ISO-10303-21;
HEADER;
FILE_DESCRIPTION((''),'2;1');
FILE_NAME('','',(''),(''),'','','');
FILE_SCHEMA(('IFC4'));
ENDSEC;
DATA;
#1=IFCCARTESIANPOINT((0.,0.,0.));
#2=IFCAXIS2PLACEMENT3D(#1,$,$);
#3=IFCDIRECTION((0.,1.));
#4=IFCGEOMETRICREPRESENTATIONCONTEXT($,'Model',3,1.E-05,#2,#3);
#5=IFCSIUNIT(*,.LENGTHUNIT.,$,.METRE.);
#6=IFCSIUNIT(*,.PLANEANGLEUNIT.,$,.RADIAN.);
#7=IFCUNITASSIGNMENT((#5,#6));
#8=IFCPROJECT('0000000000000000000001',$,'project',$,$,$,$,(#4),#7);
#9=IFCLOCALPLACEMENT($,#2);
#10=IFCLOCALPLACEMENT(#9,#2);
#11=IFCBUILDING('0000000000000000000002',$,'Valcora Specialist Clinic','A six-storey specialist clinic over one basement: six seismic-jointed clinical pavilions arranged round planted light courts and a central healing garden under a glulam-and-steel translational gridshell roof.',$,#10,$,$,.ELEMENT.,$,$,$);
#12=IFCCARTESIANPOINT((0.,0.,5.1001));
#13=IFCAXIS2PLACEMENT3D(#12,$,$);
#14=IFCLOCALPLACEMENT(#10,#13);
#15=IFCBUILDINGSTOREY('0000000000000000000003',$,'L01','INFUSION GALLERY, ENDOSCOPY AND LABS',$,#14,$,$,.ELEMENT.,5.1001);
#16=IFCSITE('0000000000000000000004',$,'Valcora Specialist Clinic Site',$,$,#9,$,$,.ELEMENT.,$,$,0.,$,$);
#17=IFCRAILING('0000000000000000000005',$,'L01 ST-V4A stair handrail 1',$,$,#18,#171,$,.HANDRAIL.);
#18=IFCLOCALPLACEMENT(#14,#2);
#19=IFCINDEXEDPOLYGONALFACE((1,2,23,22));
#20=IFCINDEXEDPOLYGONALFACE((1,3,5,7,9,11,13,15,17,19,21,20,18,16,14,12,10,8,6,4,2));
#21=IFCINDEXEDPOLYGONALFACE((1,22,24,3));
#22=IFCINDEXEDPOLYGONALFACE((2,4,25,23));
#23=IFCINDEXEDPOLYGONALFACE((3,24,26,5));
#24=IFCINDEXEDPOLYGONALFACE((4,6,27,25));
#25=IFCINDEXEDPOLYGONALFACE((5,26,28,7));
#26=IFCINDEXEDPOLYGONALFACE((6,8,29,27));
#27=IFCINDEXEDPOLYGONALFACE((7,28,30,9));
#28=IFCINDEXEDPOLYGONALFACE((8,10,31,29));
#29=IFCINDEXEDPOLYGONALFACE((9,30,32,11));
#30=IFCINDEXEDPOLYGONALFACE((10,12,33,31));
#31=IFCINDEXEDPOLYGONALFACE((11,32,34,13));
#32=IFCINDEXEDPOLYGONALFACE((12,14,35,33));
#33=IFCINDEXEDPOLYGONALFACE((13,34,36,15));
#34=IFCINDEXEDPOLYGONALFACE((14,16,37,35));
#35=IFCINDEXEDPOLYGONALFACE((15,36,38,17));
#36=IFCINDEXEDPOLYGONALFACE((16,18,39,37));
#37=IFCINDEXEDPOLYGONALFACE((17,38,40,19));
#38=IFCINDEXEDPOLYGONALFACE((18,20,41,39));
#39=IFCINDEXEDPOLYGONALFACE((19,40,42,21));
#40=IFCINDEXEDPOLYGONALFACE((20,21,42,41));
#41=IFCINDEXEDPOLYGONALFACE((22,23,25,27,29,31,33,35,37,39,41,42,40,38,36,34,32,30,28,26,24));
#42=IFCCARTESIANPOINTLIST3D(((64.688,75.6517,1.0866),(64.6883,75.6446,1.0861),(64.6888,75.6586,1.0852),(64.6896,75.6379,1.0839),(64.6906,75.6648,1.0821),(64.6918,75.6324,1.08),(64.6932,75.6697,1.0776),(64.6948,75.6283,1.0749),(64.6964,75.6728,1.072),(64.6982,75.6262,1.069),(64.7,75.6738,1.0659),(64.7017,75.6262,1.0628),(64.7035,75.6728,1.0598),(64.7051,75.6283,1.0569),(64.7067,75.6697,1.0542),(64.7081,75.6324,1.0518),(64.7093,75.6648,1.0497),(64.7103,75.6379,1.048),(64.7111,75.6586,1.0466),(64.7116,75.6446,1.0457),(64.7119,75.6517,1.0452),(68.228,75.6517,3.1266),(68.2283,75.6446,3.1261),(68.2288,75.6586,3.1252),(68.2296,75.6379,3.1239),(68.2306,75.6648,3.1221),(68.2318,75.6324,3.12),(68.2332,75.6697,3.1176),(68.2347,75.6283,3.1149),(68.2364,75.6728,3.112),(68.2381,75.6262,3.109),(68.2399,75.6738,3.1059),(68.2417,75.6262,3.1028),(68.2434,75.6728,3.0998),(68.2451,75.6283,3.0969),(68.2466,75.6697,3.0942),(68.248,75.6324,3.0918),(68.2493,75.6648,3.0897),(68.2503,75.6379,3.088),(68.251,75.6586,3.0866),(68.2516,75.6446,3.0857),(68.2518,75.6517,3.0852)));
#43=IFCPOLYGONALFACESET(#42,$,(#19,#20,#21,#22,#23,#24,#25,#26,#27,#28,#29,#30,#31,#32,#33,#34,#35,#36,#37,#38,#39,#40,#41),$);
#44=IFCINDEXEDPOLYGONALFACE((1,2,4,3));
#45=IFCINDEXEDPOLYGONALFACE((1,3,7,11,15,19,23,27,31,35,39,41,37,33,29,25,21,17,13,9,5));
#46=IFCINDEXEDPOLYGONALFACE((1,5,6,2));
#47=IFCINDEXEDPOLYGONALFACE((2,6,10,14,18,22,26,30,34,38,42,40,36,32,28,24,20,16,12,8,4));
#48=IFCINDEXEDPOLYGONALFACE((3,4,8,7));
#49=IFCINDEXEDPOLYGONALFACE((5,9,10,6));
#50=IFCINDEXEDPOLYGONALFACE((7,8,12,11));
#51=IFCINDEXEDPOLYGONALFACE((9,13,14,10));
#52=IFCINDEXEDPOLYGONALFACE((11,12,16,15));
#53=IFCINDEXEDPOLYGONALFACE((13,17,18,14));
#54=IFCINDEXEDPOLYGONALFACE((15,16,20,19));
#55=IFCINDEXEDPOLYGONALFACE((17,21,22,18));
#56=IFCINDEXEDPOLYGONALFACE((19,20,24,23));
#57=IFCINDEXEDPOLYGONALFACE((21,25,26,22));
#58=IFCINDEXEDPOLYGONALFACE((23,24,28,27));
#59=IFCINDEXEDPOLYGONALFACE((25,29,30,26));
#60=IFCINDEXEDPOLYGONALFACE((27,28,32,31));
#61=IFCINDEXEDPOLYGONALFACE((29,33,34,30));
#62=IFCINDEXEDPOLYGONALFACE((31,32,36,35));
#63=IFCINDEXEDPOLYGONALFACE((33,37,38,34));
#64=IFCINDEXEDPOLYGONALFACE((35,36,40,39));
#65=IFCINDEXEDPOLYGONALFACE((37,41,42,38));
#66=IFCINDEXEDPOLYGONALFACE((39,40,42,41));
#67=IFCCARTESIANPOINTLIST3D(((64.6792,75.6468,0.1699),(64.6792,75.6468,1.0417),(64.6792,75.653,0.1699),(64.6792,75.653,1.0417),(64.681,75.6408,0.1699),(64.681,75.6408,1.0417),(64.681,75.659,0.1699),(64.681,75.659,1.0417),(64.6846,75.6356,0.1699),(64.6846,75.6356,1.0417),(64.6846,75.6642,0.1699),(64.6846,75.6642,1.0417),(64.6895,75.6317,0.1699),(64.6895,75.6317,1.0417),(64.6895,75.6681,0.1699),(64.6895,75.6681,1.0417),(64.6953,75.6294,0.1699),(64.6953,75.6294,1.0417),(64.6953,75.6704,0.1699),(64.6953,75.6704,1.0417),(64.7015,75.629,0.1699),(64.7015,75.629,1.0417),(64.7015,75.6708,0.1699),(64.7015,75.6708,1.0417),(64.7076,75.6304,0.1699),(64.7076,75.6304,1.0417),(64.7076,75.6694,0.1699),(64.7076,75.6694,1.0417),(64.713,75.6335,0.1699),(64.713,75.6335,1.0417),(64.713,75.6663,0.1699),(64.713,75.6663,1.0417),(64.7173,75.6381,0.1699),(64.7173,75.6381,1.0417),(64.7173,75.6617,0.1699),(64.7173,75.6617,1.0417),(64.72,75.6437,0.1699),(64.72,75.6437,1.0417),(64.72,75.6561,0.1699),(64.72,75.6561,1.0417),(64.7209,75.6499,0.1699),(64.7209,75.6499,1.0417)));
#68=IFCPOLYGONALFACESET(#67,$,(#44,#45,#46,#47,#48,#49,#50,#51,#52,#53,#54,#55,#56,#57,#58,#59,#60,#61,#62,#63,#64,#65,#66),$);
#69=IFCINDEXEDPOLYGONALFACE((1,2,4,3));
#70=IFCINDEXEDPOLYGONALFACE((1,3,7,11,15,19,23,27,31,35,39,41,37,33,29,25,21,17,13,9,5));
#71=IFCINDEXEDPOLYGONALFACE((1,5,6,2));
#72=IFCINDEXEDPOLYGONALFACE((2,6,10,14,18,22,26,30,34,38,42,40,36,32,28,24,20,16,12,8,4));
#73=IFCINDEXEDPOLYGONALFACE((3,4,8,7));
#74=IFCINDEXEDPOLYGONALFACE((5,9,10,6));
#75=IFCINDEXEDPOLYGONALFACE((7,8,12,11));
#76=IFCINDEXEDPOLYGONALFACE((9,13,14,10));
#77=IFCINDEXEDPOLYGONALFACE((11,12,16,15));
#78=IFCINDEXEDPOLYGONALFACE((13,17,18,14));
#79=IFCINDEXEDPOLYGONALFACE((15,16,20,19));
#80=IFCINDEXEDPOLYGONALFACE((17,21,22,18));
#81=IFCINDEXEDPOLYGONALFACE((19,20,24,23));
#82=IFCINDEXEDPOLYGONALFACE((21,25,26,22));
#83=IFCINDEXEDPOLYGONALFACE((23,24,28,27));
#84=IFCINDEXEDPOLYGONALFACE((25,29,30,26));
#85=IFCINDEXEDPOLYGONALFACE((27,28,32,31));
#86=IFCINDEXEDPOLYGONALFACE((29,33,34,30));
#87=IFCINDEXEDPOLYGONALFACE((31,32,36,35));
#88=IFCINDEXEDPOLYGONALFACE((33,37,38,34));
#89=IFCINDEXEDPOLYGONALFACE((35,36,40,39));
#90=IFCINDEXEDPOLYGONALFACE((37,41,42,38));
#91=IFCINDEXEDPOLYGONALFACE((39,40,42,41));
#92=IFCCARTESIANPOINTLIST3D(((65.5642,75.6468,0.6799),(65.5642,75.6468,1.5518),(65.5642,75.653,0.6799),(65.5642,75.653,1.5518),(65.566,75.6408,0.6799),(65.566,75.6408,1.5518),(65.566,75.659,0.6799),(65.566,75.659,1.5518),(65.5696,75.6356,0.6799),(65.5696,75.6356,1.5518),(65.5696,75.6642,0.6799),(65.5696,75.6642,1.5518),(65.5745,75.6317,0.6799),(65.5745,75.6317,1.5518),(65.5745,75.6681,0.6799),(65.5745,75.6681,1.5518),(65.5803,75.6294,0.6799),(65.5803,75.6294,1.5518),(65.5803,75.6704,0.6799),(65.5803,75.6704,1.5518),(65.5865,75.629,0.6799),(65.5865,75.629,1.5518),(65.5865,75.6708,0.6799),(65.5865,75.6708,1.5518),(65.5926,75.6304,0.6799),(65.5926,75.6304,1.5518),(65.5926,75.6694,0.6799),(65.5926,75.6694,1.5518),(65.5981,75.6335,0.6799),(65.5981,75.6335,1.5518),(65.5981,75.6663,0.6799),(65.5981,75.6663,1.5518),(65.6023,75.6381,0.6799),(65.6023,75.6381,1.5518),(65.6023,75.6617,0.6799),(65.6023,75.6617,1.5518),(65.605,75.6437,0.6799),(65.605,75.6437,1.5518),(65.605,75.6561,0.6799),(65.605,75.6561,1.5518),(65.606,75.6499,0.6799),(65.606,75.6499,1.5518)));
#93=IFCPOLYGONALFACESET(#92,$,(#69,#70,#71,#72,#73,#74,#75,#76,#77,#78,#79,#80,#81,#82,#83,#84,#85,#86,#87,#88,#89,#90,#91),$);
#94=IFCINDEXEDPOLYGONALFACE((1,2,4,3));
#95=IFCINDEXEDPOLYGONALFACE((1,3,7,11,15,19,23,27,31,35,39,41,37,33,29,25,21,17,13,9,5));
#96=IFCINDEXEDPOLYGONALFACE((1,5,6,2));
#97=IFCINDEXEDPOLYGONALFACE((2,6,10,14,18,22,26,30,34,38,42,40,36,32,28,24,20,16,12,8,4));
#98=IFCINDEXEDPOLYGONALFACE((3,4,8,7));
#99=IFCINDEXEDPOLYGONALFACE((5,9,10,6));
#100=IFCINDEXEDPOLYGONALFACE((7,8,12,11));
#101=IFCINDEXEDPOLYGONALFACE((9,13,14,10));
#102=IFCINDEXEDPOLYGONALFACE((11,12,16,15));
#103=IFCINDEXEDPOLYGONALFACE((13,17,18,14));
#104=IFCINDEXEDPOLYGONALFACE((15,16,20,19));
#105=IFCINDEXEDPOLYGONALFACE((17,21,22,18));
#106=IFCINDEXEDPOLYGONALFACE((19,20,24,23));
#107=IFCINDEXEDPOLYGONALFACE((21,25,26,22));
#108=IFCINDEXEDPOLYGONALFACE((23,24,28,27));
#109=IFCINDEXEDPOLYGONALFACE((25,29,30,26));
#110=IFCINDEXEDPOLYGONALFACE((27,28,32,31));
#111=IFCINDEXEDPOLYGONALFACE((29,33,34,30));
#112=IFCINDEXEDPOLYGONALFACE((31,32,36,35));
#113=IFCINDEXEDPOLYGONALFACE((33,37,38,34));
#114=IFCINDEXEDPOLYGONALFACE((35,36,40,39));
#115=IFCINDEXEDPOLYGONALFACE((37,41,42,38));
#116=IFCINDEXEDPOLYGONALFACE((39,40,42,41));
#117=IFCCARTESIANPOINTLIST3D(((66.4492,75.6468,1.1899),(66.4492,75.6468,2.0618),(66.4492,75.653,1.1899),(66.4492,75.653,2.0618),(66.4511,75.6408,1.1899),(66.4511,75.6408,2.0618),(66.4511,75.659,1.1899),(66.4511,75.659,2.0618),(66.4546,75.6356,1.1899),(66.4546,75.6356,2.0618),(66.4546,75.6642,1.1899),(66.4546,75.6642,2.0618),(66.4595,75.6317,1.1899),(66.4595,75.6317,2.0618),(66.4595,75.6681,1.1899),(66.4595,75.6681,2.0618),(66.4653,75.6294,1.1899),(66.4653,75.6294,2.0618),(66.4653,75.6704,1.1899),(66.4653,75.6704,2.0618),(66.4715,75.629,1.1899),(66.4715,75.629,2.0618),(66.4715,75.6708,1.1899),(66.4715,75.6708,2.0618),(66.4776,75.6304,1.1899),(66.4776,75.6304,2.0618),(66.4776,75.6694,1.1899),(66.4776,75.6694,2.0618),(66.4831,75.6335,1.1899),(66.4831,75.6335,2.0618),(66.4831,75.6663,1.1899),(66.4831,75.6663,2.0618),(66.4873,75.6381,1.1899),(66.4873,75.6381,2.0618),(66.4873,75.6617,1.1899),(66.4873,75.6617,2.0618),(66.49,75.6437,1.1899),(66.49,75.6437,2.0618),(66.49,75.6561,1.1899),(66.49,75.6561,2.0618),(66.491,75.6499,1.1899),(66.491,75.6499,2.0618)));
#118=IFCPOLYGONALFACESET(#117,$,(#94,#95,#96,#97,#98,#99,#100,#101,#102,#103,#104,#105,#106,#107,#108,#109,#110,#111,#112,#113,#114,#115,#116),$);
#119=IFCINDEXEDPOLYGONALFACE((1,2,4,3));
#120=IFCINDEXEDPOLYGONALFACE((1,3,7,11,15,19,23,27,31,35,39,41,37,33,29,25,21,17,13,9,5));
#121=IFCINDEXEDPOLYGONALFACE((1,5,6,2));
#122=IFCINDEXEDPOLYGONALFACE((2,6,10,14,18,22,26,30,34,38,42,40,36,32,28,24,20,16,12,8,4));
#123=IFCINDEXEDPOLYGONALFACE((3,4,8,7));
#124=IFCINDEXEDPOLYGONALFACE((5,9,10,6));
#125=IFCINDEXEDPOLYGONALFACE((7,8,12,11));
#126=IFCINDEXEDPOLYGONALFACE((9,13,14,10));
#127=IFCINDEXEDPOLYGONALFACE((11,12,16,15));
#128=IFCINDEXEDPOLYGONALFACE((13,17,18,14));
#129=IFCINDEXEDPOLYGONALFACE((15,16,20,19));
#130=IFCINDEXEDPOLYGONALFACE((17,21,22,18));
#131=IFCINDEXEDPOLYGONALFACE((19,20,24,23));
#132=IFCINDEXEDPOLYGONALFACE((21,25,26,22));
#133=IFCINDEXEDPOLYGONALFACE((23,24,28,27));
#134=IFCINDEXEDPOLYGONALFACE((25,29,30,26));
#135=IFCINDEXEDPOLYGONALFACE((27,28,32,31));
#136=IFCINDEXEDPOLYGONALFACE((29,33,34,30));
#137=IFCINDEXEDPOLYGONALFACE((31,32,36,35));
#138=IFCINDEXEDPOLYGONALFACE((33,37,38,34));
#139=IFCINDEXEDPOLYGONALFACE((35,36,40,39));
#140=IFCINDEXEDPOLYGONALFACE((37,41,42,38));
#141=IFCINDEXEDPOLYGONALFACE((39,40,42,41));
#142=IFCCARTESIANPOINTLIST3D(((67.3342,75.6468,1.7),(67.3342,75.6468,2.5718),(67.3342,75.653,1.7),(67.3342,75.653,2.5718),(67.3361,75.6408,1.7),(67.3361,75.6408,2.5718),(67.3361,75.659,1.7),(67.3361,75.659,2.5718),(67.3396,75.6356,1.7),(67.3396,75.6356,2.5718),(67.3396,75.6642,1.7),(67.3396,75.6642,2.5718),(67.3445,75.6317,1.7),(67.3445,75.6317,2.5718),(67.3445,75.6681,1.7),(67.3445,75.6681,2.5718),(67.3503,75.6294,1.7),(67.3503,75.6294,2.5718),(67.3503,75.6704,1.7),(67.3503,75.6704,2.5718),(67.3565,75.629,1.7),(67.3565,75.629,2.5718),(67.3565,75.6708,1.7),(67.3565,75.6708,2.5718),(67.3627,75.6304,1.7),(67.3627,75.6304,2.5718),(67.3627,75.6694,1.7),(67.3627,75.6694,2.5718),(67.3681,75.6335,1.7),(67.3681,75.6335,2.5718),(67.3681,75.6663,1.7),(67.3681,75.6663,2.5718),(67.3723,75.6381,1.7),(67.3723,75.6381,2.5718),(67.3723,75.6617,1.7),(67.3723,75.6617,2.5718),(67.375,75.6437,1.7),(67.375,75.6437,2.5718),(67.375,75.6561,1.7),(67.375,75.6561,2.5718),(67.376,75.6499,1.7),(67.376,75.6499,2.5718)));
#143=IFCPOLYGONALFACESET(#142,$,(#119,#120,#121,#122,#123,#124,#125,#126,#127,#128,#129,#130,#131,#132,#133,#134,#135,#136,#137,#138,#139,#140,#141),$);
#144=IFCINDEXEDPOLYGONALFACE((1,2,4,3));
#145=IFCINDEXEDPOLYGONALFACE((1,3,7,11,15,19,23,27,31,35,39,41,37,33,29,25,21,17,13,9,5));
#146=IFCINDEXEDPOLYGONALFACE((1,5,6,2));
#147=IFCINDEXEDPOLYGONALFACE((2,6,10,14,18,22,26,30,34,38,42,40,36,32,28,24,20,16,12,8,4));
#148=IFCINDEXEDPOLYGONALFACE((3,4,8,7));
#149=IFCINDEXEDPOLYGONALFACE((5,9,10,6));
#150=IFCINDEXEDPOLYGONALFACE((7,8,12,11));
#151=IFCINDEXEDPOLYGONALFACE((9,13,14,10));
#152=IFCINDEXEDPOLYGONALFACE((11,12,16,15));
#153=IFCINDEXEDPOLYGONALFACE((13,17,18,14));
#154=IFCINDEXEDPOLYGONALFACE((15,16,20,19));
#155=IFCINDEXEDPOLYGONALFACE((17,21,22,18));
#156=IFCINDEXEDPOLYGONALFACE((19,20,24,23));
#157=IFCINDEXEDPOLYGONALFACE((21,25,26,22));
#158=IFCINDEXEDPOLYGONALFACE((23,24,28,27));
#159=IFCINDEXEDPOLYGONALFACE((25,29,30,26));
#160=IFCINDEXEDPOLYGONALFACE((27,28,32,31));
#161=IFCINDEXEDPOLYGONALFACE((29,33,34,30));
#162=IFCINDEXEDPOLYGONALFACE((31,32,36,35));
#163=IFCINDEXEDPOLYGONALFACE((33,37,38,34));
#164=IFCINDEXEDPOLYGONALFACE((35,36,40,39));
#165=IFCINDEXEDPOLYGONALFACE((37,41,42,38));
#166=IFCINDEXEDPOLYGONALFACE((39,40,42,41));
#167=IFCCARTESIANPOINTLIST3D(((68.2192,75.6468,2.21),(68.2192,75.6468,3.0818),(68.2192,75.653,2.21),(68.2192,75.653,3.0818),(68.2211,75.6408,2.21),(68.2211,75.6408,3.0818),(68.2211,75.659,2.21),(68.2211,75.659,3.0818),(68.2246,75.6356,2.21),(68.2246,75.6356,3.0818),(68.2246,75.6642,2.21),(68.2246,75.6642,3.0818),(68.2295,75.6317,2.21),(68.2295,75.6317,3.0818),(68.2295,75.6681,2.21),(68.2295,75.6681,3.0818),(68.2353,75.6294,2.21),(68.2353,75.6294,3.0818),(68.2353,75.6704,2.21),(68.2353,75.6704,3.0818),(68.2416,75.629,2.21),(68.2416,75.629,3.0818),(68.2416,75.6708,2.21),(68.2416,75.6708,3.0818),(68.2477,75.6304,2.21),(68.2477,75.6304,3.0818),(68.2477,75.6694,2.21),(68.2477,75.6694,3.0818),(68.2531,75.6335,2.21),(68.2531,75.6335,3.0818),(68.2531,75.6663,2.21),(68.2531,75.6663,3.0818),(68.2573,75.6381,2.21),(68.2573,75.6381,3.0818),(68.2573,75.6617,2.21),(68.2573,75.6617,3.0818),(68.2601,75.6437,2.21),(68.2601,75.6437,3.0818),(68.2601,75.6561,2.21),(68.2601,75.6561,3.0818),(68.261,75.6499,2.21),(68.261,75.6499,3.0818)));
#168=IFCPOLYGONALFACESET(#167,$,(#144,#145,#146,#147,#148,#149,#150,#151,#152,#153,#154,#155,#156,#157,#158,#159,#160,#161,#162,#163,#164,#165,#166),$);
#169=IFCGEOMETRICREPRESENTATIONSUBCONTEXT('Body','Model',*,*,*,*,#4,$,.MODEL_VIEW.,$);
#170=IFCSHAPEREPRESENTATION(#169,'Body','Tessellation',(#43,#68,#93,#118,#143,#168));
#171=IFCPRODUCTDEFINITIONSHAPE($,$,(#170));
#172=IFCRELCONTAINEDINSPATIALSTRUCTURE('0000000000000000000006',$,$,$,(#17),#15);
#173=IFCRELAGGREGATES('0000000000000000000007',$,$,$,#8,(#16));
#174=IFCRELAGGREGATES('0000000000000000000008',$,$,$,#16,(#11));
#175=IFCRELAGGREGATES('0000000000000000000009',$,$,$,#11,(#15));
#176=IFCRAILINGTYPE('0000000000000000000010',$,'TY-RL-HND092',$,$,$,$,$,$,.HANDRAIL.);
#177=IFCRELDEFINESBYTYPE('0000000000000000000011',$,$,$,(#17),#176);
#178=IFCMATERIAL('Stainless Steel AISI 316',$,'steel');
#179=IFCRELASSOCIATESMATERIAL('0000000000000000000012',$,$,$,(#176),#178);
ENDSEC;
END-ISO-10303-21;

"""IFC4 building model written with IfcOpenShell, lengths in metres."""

from ifc_helpers import new_model, si_unit, direction, frame, origin, origin_2d, place, context, subcontext, project, spatial, circle, extrude, material, type_object, element, save


model = new_model("IFC4")

# Units and contexts
model_context = context("Model", 3, precision=1e-05, world=origin(), true_north=direction((0.0, 1.0)))
body_context = subcontext(model_context, "Body", "Model", "MODEL_VIEW")
ifc_project = project(units=[si_unit("LENGTHUNIT", "METRE"), si_unit("PLANEANGLEUNIT", "RADIAN")], contexts=[model_context])

# Site, building, storey
site_placement = place(None, origin())
site = spatial("IfcSite", under=ifc_project, at=site_placement, Name="Valcora Specialist Clinic Site", CompositionType="ELEMENT", RefElevation=0.0)
building_placement = place(site_placement, origin())
building = spatial("IfcBuilding", under=site, at=building_placement, Name="Valcora Specialist Clinic", Description="A six-storey specialist clinic over one basement: six seismic-jointed clinical pavilions arranged round planted light courts and a central healing garden under a glulam-and-steel translational gridshell roof.", CompositionType="ELEMENT")
storey_placement = place(building_placement, frame((0.0, 0.0, 5.1001)))
storey = spatial("IfcBuildingStorey", under=building, at=storey_placement, Name="L01", Description="INFUSION GALLERY, ENDOSCOPY AND LABS", CompositionType="ELEMENT", Elevation=5.1001)

# Railing
ifc_material_1 = material(Name="Stainless Steel AISI 316", Category="steel")
railing_type_1 = type_object("IfcRailingType", Name="TY-RL-HND092", PredefinedType="HANDRAIL", material=ifc_material_1)
railing_1_placement = place(storey_placement, frame((64.7, 75.6499, 0.1699)))
element("IfcRailing", 1, at=railing_1_placement, inside=storey, type_object=railing_type_1, Name="L01 ST-V4A stair handrail 1", PredefinedType="HANDRAIL", context=body_context, shape_type="SweptSolid", body=[
    extrude(circle(Radius=0.0239, at=origin_2d()), frame((0.0, 0.0, 0.896), z_axis=(0.866428, 0.0, 0.499302), x_axis=(0.0, 1.0, 0.0)), (0.0, 0.0, 1.0), 4.0857),
    extrude(circle(Radius=0.021, at=origin_2d()), origin(), (0.0, 0.0, 1.0), 0.8718),
    extrude(circle(Radius=0.021, at=origin_2d()), frame((0.885, 0.0, 0.51)), (0.0, 0.0, 1.0), 0.8718),
    extrude(circle(Radius=0.021, at=origin_2d()), frame((1.77, 0.0, 1.02)), (0.0, 0.0, 1.0), 0.8718),
    extrude(circle(Radius=0.021, at=origin_2d()), frame((2.655, 0.0, 1.53)), (0.0, 0.0, 1.0), 0.8718),
    extrude(circle(Radius=0.021, at=origin_2d()), frame((3.54, 0.0, 2.04)), (0.0, 0.0, 1.0), 0.8718),
])

save(model, "model.ifc")
